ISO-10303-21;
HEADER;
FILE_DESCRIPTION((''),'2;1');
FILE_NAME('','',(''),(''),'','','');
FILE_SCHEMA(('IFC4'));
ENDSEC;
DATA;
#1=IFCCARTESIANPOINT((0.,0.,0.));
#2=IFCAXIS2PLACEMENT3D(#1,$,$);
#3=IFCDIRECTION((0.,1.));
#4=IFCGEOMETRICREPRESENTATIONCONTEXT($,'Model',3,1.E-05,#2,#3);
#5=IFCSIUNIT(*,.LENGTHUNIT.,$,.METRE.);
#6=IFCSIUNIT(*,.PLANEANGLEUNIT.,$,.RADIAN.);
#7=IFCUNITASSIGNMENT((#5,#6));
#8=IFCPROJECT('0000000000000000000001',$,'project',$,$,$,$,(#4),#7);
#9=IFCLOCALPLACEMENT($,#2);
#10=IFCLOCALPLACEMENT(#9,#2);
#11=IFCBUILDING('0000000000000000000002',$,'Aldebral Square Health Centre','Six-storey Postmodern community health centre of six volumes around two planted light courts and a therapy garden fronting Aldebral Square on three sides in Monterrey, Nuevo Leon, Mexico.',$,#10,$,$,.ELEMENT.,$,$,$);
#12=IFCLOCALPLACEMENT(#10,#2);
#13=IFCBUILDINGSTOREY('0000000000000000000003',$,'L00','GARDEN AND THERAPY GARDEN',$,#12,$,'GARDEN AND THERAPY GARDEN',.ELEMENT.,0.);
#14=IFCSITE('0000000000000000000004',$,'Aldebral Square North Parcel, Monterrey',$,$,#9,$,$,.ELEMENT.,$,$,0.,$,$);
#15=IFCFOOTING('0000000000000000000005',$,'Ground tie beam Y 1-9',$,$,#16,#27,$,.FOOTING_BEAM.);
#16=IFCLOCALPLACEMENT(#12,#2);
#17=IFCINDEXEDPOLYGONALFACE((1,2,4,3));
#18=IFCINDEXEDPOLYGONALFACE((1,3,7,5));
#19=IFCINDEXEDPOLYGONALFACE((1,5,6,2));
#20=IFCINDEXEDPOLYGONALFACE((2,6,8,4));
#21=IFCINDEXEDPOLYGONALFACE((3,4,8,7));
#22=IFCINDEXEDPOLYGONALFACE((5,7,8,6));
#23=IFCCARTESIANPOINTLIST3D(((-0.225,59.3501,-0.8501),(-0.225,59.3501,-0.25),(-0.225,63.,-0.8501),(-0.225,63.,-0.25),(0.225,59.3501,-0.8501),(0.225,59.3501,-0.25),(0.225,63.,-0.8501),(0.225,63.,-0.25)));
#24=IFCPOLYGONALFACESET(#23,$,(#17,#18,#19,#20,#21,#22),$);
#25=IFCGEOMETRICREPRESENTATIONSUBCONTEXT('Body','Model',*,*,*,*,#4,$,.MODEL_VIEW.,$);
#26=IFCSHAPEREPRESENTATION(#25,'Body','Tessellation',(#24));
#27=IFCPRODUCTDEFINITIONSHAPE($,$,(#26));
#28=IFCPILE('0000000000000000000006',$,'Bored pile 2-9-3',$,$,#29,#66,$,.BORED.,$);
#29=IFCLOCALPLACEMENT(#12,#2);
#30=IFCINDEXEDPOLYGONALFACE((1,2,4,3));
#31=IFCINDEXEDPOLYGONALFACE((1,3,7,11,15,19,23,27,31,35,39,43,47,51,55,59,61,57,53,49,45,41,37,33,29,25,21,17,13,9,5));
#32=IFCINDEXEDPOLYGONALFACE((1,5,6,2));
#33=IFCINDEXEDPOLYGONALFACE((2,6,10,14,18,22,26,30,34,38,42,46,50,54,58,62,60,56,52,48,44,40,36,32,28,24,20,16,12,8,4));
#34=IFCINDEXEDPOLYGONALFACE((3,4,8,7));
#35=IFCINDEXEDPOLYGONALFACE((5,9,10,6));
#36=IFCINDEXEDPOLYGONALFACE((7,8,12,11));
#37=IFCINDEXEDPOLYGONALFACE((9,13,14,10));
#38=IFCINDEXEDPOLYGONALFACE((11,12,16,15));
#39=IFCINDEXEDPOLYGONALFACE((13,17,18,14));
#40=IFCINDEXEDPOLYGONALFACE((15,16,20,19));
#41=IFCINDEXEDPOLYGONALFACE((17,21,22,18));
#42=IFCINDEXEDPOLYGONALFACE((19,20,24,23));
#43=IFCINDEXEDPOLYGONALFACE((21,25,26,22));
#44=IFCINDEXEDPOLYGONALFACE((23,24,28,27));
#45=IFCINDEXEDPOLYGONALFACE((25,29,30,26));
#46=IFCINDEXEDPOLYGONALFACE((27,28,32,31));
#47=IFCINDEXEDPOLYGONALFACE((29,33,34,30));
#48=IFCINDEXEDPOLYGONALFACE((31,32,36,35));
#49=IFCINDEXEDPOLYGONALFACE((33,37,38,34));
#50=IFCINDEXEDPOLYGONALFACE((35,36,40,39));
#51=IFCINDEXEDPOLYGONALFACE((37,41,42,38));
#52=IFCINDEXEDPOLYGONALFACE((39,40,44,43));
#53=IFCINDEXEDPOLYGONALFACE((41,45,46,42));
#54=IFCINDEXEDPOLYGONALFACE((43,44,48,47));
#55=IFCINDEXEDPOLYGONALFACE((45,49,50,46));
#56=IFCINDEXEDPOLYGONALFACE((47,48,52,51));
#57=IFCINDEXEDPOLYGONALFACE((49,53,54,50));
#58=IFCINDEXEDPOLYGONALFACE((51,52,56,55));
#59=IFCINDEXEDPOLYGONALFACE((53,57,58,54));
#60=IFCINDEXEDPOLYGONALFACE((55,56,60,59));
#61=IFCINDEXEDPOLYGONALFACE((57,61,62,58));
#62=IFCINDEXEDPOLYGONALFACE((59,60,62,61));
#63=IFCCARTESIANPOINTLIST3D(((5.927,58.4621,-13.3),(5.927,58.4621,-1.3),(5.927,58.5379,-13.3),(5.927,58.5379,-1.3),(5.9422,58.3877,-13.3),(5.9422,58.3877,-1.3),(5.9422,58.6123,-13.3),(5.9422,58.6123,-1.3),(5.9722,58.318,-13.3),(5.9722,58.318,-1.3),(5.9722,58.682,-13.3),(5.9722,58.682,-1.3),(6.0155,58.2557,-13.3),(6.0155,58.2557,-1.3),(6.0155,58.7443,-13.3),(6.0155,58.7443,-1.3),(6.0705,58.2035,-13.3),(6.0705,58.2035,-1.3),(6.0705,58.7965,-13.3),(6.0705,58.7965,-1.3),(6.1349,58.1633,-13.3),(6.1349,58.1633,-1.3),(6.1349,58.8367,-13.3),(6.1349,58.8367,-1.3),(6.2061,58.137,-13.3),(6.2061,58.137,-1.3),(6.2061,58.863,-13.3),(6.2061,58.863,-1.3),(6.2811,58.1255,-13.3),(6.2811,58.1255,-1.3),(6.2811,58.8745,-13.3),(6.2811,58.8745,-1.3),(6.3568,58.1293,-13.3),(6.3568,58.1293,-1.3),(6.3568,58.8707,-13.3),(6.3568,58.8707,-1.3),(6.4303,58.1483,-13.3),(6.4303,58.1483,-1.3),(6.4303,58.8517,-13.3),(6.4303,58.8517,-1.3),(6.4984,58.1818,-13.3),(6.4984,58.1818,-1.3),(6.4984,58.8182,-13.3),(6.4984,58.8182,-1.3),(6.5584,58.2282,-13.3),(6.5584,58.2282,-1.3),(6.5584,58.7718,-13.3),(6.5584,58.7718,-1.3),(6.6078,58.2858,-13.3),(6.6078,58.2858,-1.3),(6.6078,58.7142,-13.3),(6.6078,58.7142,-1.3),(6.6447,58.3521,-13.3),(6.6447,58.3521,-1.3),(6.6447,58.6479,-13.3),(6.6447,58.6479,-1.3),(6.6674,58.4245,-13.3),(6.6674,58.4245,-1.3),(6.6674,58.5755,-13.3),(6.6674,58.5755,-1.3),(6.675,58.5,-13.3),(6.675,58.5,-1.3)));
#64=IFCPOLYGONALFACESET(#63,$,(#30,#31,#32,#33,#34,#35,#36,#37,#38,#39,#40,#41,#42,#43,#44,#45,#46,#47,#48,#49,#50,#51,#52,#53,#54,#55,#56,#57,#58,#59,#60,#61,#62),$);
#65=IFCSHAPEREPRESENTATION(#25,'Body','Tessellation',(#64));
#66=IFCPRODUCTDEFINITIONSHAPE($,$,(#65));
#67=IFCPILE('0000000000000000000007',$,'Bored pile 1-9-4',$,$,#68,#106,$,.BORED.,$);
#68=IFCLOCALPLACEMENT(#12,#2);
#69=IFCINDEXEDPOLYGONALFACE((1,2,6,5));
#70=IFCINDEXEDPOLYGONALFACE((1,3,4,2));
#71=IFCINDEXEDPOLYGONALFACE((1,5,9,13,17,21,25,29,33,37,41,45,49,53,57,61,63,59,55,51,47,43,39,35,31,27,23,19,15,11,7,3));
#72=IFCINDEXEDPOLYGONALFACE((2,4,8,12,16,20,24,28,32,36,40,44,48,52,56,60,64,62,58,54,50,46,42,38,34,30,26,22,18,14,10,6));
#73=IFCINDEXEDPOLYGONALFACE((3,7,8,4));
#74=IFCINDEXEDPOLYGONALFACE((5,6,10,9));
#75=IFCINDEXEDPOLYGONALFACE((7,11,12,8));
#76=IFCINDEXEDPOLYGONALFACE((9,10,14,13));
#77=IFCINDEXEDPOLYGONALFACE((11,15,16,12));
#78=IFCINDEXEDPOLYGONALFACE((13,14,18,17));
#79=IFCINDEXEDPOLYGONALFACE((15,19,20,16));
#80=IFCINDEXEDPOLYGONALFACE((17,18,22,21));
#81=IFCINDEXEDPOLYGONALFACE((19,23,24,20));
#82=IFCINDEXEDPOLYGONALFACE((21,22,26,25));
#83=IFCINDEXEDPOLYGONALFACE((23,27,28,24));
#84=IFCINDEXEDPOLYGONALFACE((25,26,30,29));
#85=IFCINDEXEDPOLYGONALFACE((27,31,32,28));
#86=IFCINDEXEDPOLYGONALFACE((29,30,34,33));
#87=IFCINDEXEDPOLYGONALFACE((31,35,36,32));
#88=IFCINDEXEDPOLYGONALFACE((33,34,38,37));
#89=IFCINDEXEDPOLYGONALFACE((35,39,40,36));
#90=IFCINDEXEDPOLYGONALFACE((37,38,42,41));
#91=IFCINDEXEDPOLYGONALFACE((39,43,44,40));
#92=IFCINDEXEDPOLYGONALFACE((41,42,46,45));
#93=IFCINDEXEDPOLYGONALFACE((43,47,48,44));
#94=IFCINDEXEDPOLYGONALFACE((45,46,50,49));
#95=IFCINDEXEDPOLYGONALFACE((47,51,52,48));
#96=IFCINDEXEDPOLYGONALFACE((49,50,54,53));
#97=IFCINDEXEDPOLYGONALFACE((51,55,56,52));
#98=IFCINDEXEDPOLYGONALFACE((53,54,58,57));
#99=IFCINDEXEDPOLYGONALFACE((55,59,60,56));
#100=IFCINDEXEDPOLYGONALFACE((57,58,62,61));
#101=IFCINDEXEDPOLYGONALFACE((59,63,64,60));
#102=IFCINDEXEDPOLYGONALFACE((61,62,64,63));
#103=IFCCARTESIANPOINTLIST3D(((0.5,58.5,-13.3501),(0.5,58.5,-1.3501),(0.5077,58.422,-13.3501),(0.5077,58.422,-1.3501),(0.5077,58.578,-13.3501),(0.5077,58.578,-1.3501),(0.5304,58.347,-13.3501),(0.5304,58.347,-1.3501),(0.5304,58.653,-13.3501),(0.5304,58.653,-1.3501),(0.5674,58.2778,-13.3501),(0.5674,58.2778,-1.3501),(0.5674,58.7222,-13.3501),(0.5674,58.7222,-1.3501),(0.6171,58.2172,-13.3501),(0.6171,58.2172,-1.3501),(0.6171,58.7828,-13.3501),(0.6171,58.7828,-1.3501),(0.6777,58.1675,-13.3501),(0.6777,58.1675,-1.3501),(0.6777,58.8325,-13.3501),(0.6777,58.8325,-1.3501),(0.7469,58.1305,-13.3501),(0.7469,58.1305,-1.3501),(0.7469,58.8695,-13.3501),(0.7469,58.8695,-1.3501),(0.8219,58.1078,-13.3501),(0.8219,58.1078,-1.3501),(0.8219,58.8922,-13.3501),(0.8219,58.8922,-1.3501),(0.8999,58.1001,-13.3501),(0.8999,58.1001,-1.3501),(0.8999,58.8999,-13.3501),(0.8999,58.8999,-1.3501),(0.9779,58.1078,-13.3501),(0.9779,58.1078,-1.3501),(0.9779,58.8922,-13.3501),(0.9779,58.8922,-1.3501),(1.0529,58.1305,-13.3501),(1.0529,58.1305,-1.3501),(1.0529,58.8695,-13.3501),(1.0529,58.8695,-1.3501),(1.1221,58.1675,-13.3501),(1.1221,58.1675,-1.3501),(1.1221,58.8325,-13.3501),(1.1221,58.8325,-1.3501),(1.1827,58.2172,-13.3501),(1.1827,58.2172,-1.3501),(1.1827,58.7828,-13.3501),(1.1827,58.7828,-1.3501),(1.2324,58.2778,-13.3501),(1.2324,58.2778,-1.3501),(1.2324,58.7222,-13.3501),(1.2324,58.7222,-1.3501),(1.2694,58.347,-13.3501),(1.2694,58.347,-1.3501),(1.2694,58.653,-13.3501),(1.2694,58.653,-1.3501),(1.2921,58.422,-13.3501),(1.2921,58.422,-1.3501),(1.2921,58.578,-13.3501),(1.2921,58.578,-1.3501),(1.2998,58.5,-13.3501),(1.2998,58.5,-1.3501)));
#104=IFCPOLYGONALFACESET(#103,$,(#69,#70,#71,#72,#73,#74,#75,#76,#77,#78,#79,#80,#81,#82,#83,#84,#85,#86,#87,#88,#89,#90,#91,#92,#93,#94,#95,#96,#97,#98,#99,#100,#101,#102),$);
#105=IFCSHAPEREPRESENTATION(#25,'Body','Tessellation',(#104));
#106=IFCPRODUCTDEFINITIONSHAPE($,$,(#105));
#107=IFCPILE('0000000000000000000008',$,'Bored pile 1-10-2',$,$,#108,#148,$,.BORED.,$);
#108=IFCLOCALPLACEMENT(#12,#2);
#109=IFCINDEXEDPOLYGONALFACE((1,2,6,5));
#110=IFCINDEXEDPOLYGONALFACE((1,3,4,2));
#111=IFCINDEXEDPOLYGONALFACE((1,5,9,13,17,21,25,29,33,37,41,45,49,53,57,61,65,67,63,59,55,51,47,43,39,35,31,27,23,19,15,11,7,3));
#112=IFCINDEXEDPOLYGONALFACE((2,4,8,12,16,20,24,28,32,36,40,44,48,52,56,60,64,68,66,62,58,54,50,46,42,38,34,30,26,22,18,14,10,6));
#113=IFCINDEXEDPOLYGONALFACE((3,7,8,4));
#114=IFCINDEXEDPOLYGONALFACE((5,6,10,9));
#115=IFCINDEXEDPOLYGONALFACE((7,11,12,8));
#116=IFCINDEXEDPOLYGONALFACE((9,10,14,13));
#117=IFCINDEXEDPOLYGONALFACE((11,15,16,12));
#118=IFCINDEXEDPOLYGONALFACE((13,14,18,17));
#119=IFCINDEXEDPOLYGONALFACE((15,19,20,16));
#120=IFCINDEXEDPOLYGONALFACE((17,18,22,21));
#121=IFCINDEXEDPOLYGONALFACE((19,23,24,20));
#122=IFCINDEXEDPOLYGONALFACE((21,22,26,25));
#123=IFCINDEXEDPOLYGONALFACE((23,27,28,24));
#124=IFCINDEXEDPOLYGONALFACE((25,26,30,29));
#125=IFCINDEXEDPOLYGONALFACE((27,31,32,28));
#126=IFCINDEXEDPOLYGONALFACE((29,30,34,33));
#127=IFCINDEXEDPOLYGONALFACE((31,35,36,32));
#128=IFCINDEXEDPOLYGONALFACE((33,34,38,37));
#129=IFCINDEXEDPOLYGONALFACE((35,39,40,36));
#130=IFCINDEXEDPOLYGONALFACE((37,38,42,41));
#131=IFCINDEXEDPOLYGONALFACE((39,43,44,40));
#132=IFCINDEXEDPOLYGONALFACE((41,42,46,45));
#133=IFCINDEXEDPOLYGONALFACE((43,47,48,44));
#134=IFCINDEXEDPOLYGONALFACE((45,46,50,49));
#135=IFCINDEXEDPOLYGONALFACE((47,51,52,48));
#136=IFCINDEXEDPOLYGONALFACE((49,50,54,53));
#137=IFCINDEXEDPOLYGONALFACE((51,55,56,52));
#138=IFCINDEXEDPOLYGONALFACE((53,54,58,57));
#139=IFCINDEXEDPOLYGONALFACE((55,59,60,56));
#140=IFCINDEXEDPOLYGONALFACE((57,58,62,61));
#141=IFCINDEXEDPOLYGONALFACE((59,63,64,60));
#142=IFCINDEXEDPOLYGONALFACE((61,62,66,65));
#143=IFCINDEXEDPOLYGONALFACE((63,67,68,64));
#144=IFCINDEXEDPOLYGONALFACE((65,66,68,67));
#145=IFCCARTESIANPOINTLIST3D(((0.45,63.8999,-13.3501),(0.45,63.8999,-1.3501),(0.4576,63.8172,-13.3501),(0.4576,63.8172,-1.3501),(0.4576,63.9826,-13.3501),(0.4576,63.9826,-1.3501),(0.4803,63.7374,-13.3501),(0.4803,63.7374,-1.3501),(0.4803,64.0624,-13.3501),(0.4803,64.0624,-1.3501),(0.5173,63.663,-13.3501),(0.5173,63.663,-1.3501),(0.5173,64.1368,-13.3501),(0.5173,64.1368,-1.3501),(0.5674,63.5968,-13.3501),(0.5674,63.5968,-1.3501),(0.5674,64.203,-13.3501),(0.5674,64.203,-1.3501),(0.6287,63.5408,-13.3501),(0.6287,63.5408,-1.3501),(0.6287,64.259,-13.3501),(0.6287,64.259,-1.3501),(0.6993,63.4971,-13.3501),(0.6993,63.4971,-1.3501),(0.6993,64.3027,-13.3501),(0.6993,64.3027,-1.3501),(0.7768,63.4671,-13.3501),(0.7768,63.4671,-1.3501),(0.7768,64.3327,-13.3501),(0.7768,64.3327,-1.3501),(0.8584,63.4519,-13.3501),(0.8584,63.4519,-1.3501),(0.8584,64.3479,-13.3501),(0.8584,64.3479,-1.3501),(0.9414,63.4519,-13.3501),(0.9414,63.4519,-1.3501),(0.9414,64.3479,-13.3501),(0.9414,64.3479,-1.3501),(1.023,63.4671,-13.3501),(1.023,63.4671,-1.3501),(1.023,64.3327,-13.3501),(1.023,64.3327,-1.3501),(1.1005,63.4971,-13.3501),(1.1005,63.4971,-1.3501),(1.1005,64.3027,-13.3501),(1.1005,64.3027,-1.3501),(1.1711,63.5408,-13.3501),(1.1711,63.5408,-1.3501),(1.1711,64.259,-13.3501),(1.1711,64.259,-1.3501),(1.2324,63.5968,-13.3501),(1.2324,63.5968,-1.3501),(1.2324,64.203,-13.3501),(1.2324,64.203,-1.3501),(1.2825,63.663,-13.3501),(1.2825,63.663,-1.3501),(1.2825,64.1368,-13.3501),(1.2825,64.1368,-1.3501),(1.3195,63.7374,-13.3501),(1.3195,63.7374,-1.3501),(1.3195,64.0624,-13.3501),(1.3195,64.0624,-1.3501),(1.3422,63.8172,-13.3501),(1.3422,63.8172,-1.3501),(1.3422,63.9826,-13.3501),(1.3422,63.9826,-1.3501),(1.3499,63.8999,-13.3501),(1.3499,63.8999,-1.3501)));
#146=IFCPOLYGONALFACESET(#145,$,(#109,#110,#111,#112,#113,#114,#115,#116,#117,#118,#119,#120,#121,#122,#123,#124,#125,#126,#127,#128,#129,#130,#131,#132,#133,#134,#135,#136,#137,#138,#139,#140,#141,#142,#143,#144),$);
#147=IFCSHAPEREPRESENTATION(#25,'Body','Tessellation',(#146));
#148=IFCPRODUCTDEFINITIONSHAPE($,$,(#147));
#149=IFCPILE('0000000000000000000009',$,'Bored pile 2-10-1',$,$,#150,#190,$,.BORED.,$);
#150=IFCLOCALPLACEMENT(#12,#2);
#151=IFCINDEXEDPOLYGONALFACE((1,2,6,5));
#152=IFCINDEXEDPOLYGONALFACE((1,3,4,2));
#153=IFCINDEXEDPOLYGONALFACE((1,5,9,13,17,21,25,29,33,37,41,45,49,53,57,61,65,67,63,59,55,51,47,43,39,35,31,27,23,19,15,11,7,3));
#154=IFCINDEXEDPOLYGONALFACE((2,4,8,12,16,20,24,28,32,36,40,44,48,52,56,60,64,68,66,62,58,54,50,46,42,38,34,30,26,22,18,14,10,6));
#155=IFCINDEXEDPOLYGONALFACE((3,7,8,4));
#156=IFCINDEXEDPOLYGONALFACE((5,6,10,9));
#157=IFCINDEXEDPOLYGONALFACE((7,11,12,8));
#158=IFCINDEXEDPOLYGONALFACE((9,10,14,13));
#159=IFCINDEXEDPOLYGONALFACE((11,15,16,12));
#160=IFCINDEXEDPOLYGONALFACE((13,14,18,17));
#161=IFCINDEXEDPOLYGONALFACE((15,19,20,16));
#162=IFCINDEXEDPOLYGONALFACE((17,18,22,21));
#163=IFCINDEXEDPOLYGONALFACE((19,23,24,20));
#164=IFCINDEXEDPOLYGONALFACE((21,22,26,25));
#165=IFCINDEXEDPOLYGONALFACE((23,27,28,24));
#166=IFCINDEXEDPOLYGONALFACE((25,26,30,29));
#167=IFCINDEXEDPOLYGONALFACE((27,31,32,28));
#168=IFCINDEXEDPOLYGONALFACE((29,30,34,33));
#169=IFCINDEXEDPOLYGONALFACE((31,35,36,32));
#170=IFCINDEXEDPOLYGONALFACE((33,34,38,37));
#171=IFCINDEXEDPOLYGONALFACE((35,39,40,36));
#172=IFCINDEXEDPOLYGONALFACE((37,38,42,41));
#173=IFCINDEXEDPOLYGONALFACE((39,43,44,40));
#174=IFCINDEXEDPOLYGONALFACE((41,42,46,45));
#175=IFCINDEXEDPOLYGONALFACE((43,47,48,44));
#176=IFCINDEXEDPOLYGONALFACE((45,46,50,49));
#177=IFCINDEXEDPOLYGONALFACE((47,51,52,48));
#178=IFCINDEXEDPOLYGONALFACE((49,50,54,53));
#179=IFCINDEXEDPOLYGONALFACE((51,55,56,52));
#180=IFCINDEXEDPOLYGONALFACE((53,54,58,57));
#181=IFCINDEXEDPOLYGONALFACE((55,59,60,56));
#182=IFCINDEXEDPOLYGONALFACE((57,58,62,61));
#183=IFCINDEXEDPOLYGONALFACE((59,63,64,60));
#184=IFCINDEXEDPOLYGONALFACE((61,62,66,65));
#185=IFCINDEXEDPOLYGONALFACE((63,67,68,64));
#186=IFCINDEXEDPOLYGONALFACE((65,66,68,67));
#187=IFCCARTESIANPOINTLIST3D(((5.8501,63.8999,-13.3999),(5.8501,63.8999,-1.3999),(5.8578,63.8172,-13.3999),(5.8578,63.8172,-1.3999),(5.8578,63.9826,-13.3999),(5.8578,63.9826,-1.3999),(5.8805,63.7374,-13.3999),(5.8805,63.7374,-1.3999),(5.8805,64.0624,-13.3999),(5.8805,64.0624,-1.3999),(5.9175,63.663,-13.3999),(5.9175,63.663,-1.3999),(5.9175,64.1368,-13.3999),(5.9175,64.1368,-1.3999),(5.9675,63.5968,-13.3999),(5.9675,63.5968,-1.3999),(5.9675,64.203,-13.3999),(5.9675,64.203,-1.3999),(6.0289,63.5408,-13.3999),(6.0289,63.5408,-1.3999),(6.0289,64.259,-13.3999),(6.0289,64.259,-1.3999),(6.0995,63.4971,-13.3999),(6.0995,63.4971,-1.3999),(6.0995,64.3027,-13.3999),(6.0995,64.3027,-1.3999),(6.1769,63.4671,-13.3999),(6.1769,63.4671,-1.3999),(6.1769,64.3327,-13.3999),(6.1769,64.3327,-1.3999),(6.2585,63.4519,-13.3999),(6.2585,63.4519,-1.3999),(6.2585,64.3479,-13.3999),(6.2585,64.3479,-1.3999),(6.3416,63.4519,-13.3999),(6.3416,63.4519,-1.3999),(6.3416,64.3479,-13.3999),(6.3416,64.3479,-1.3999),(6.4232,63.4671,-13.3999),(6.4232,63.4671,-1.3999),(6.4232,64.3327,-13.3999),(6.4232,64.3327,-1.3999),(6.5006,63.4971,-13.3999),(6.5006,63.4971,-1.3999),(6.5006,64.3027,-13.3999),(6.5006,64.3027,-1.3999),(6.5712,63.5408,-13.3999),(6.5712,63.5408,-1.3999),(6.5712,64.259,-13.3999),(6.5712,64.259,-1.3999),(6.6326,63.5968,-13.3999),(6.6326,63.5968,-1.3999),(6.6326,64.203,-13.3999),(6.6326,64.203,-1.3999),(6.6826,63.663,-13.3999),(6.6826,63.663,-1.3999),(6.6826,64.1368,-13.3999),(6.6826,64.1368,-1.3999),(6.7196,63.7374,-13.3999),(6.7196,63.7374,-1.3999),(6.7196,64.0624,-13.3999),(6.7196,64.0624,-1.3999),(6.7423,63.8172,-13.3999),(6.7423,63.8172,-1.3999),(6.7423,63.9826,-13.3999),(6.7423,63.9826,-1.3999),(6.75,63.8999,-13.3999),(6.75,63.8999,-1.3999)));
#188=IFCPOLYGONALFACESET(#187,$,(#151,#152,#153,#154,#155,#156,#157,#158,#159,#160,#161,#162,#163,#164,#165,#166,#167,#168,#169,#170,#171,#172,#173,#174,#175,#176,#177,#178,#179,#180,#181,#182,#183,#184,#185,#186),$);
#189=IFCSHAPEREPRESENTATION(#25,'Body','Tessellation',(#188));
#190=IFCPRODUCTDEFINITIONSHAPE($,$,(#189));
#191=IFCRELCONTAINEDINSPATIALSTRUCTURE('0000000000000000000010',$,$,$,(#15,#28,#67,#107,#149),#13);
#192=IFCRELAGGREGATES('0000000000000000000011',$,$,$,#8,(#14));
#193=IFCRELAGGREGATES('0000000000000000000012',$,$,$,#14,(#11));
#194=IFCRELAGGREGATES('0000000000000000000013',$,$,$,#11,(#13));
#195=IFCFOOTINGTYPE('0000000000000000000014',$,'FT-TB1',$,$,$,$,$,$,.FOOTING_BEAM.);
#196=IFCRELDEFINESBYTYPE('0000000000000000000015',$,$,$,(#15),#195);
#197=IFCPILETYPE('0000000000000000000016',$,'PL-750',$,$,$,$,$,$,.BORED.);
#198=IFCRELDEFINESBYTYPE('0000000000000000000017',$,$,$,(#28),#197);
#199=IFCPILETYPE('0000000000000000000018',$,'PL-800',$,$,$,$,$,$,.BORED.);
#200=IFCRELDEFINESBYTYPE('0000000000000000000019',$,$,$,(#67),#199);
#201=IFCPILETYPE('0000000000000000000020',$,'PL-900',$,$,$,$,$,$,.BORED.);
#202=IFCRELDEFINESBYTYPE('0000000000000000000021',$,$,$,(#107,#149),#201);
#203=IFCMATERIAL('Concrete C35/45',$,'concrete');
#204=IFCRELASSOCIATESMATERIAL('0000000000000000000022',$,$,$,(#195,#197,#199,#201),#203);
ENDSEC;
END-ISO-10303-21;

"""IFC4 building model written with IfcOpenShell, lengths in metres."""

from ifc_helpers import new_model, si_unit, direction, frame, origin, origin_2d, place, context, subcontext, project, spatial, rectangle, circle, extrude, material, material_profile, profile_set, type_object, element, save


model = new_model("IFC4")

# Units and contexts
model_context = context("Model", 3, precision=1e-05, world=origin(), true_north=direction((0.0, 1.0)))
body_context = subcontext(model_context, "Body", "Model", "MODEL_VIEW")
ifc_project = project(units=[si_unit("LENGTHUNIT", "METRE"), si_unit("PLANEANGLEUNIT", "RADIAN")], contexts=[model_context])

# Site, building, storey
site_placement = place(None, origin())
site = spatial("IfcSite", under=ifc_project, at=site_placement, Name="Aldebral Square North Parcel, Monterrey", CompositionType="ELEMENT", RefElevation=0.0)
building_placement = place(site_placement, origin())
building = spatial("IfcBuilding", under=site, at=building_placement, Name="Aldebral Square Health Centre", Description="Six-storey Postmodern community health centre of six volumes around two planted light courts and a therapy garden fronting Aldebral Square on three sides in Monterrey, Nuevo Leon, Mexico.", CompositionType="ELEMENT")
storey_placement = place(building_placement, origin())
storey = spatial("IfcBuildingStorey", under=building, at=storey_placement, Name="L00", Description="GARDEN AND THERAPY GARDEN", LongName="GARDEN AND THERAPY GARDEN", CompositionType="ELEMENT", Elevation=0.0)

# Footing
ifc_material_1 = material(Name="Concrete C35/45", Category="concrete")
ifc_material_profile_1 = material_profile(ifc_material_1, rectangle(XDim=0.45, YDim=0.6001, at=origin_2d()), Name="RC 450x600")
ifc_profile_set_1 = profile_set([ifc_material_profile_1], Name="Concrete C35/45")
footing_type = type_object("IfcFootingType", Name="FT-TB1", PredefinedType="FOOTING_BEAM", material=ifc_profile_set_1)
footing_placement = place(storey_placement, frame((0.0, 59.3501, -0.55), z_axis=(0.0, 1.0, 0.0), x_axis=(-1.0, 0.0, 0.0)))
element("IfcFooting", 1, at=footing_placement, inside=storey, type_object=footing_type, Name="Ground tie beam Y 1-9", PredefinedType="FOOTING_BEAM", context=body_context, shape_type="SweptSolid", body=[
    extrude(rectangle(XDim=0.45, YDim=0.6001, at=origin_2d()), origin(), (0.0, 0.0, 1.0), 3.6499),
])

# Piles
ifc_material_profile_2 = material_profile(ifc_material_1, circle(Radius=0.375, at=origin_2d()), Name="PILE D750")
ifc_profile_set_2 = profile_set([ifc_material_profile_2], Name="Concrete C35/45")
pile_type_1 = type_object("IfcPileType", Name="PL-750", PredefinedType="BORED", material=ifc_profile_set_2)
pile_1_placement = place(storey_placement, frame((6.3, 58.5, -1.3), z_axis=(0.0, 0.0, -1.0), x_axis=(1.0, 0.0, 0.0)))
element("IfcPile", 2, at=pile_1_placement, inside=storey, type_object=pile_type_1, Name="Bored pile 2-9-3", PredefinedType="BORED", context=body_context, shape_type="SweptSolid", body=[
    extrude(circle(Radius=0.375, at=origin_2d()), origin(), (0.0, 0.0, 1.0), 12.0),
])
ifc_material_profile_3 = material_profile(ifc_material_1, circle(Radius=0.3999, at=origin_2d()), Name="PILE D800")
ifc_profile_set_3 = profile_set([ifc_material_profile_3], Name="Concrete C35/45")
pile_type_2 = type_object("IfcPileType", Name="PL-800", PredefinedType="BORED", material=ifc_profile_set_3)
pile_2_placement = place(storey_placement, frame((0.8999, 58.5, -1.3501), z_axis=(0.0, 0.0, -1.0), x_axis=(1.0, 0.0, 0.0)))
element("IfcPile", 3, at=pile_2_placement, inside=storey, type_object=pile_type_2, Name="Bored pile 1-9-4", PredefinedType="BORED", context=body_context, shape_type="SweptSolid", body=[
    extrude(circle(Radius=0.3999, at=origin_2d()), origin(), (0.0, 0.0, 1.0), 12.0),
])
ifc_material_profile_4 = material_profile(ifc_material_1, circle(Radius=0.45, at=origin_2d()), Name="PILE D900")
ifc_profile_set_4 = profile_set([ifc_material_profile_4], Name="Concrete C35/45")
pile_type_3 = type_object("IfcPileType", Name="PL-900", PredefinedType="BORED", material=ifc_profile_set_4)
for number, where, z_axis, x_axis, name in (
    (4, (0.8999, 63.8999, -1.3501), (0.0, 0.0, -1.0), (1.0, 0.0, 0.0), "Bored pile 1-10-2"),
    (5, (6.3, 63.8999, -1.3999), (0.0, 0.0, -1.0), (1.0, 0.0, 0.0), "Bored pile 2-10-1"),
):
    element("IfcPile", number, at=place(storey_placement, frame(where, z_axis=z_axis, x_axis=x_axis)), inside=storey, type_object=pile_type_3, Name=name, PredefinedType="BORED", context=body_context, shape_type="SweptSolid", body=[
        extrude(circle(Radius=0.45, at=origin_2d()), origin(), (0.0, 0.0, 1.0), 12.0),
    ])

save(model, "model.ifc")
